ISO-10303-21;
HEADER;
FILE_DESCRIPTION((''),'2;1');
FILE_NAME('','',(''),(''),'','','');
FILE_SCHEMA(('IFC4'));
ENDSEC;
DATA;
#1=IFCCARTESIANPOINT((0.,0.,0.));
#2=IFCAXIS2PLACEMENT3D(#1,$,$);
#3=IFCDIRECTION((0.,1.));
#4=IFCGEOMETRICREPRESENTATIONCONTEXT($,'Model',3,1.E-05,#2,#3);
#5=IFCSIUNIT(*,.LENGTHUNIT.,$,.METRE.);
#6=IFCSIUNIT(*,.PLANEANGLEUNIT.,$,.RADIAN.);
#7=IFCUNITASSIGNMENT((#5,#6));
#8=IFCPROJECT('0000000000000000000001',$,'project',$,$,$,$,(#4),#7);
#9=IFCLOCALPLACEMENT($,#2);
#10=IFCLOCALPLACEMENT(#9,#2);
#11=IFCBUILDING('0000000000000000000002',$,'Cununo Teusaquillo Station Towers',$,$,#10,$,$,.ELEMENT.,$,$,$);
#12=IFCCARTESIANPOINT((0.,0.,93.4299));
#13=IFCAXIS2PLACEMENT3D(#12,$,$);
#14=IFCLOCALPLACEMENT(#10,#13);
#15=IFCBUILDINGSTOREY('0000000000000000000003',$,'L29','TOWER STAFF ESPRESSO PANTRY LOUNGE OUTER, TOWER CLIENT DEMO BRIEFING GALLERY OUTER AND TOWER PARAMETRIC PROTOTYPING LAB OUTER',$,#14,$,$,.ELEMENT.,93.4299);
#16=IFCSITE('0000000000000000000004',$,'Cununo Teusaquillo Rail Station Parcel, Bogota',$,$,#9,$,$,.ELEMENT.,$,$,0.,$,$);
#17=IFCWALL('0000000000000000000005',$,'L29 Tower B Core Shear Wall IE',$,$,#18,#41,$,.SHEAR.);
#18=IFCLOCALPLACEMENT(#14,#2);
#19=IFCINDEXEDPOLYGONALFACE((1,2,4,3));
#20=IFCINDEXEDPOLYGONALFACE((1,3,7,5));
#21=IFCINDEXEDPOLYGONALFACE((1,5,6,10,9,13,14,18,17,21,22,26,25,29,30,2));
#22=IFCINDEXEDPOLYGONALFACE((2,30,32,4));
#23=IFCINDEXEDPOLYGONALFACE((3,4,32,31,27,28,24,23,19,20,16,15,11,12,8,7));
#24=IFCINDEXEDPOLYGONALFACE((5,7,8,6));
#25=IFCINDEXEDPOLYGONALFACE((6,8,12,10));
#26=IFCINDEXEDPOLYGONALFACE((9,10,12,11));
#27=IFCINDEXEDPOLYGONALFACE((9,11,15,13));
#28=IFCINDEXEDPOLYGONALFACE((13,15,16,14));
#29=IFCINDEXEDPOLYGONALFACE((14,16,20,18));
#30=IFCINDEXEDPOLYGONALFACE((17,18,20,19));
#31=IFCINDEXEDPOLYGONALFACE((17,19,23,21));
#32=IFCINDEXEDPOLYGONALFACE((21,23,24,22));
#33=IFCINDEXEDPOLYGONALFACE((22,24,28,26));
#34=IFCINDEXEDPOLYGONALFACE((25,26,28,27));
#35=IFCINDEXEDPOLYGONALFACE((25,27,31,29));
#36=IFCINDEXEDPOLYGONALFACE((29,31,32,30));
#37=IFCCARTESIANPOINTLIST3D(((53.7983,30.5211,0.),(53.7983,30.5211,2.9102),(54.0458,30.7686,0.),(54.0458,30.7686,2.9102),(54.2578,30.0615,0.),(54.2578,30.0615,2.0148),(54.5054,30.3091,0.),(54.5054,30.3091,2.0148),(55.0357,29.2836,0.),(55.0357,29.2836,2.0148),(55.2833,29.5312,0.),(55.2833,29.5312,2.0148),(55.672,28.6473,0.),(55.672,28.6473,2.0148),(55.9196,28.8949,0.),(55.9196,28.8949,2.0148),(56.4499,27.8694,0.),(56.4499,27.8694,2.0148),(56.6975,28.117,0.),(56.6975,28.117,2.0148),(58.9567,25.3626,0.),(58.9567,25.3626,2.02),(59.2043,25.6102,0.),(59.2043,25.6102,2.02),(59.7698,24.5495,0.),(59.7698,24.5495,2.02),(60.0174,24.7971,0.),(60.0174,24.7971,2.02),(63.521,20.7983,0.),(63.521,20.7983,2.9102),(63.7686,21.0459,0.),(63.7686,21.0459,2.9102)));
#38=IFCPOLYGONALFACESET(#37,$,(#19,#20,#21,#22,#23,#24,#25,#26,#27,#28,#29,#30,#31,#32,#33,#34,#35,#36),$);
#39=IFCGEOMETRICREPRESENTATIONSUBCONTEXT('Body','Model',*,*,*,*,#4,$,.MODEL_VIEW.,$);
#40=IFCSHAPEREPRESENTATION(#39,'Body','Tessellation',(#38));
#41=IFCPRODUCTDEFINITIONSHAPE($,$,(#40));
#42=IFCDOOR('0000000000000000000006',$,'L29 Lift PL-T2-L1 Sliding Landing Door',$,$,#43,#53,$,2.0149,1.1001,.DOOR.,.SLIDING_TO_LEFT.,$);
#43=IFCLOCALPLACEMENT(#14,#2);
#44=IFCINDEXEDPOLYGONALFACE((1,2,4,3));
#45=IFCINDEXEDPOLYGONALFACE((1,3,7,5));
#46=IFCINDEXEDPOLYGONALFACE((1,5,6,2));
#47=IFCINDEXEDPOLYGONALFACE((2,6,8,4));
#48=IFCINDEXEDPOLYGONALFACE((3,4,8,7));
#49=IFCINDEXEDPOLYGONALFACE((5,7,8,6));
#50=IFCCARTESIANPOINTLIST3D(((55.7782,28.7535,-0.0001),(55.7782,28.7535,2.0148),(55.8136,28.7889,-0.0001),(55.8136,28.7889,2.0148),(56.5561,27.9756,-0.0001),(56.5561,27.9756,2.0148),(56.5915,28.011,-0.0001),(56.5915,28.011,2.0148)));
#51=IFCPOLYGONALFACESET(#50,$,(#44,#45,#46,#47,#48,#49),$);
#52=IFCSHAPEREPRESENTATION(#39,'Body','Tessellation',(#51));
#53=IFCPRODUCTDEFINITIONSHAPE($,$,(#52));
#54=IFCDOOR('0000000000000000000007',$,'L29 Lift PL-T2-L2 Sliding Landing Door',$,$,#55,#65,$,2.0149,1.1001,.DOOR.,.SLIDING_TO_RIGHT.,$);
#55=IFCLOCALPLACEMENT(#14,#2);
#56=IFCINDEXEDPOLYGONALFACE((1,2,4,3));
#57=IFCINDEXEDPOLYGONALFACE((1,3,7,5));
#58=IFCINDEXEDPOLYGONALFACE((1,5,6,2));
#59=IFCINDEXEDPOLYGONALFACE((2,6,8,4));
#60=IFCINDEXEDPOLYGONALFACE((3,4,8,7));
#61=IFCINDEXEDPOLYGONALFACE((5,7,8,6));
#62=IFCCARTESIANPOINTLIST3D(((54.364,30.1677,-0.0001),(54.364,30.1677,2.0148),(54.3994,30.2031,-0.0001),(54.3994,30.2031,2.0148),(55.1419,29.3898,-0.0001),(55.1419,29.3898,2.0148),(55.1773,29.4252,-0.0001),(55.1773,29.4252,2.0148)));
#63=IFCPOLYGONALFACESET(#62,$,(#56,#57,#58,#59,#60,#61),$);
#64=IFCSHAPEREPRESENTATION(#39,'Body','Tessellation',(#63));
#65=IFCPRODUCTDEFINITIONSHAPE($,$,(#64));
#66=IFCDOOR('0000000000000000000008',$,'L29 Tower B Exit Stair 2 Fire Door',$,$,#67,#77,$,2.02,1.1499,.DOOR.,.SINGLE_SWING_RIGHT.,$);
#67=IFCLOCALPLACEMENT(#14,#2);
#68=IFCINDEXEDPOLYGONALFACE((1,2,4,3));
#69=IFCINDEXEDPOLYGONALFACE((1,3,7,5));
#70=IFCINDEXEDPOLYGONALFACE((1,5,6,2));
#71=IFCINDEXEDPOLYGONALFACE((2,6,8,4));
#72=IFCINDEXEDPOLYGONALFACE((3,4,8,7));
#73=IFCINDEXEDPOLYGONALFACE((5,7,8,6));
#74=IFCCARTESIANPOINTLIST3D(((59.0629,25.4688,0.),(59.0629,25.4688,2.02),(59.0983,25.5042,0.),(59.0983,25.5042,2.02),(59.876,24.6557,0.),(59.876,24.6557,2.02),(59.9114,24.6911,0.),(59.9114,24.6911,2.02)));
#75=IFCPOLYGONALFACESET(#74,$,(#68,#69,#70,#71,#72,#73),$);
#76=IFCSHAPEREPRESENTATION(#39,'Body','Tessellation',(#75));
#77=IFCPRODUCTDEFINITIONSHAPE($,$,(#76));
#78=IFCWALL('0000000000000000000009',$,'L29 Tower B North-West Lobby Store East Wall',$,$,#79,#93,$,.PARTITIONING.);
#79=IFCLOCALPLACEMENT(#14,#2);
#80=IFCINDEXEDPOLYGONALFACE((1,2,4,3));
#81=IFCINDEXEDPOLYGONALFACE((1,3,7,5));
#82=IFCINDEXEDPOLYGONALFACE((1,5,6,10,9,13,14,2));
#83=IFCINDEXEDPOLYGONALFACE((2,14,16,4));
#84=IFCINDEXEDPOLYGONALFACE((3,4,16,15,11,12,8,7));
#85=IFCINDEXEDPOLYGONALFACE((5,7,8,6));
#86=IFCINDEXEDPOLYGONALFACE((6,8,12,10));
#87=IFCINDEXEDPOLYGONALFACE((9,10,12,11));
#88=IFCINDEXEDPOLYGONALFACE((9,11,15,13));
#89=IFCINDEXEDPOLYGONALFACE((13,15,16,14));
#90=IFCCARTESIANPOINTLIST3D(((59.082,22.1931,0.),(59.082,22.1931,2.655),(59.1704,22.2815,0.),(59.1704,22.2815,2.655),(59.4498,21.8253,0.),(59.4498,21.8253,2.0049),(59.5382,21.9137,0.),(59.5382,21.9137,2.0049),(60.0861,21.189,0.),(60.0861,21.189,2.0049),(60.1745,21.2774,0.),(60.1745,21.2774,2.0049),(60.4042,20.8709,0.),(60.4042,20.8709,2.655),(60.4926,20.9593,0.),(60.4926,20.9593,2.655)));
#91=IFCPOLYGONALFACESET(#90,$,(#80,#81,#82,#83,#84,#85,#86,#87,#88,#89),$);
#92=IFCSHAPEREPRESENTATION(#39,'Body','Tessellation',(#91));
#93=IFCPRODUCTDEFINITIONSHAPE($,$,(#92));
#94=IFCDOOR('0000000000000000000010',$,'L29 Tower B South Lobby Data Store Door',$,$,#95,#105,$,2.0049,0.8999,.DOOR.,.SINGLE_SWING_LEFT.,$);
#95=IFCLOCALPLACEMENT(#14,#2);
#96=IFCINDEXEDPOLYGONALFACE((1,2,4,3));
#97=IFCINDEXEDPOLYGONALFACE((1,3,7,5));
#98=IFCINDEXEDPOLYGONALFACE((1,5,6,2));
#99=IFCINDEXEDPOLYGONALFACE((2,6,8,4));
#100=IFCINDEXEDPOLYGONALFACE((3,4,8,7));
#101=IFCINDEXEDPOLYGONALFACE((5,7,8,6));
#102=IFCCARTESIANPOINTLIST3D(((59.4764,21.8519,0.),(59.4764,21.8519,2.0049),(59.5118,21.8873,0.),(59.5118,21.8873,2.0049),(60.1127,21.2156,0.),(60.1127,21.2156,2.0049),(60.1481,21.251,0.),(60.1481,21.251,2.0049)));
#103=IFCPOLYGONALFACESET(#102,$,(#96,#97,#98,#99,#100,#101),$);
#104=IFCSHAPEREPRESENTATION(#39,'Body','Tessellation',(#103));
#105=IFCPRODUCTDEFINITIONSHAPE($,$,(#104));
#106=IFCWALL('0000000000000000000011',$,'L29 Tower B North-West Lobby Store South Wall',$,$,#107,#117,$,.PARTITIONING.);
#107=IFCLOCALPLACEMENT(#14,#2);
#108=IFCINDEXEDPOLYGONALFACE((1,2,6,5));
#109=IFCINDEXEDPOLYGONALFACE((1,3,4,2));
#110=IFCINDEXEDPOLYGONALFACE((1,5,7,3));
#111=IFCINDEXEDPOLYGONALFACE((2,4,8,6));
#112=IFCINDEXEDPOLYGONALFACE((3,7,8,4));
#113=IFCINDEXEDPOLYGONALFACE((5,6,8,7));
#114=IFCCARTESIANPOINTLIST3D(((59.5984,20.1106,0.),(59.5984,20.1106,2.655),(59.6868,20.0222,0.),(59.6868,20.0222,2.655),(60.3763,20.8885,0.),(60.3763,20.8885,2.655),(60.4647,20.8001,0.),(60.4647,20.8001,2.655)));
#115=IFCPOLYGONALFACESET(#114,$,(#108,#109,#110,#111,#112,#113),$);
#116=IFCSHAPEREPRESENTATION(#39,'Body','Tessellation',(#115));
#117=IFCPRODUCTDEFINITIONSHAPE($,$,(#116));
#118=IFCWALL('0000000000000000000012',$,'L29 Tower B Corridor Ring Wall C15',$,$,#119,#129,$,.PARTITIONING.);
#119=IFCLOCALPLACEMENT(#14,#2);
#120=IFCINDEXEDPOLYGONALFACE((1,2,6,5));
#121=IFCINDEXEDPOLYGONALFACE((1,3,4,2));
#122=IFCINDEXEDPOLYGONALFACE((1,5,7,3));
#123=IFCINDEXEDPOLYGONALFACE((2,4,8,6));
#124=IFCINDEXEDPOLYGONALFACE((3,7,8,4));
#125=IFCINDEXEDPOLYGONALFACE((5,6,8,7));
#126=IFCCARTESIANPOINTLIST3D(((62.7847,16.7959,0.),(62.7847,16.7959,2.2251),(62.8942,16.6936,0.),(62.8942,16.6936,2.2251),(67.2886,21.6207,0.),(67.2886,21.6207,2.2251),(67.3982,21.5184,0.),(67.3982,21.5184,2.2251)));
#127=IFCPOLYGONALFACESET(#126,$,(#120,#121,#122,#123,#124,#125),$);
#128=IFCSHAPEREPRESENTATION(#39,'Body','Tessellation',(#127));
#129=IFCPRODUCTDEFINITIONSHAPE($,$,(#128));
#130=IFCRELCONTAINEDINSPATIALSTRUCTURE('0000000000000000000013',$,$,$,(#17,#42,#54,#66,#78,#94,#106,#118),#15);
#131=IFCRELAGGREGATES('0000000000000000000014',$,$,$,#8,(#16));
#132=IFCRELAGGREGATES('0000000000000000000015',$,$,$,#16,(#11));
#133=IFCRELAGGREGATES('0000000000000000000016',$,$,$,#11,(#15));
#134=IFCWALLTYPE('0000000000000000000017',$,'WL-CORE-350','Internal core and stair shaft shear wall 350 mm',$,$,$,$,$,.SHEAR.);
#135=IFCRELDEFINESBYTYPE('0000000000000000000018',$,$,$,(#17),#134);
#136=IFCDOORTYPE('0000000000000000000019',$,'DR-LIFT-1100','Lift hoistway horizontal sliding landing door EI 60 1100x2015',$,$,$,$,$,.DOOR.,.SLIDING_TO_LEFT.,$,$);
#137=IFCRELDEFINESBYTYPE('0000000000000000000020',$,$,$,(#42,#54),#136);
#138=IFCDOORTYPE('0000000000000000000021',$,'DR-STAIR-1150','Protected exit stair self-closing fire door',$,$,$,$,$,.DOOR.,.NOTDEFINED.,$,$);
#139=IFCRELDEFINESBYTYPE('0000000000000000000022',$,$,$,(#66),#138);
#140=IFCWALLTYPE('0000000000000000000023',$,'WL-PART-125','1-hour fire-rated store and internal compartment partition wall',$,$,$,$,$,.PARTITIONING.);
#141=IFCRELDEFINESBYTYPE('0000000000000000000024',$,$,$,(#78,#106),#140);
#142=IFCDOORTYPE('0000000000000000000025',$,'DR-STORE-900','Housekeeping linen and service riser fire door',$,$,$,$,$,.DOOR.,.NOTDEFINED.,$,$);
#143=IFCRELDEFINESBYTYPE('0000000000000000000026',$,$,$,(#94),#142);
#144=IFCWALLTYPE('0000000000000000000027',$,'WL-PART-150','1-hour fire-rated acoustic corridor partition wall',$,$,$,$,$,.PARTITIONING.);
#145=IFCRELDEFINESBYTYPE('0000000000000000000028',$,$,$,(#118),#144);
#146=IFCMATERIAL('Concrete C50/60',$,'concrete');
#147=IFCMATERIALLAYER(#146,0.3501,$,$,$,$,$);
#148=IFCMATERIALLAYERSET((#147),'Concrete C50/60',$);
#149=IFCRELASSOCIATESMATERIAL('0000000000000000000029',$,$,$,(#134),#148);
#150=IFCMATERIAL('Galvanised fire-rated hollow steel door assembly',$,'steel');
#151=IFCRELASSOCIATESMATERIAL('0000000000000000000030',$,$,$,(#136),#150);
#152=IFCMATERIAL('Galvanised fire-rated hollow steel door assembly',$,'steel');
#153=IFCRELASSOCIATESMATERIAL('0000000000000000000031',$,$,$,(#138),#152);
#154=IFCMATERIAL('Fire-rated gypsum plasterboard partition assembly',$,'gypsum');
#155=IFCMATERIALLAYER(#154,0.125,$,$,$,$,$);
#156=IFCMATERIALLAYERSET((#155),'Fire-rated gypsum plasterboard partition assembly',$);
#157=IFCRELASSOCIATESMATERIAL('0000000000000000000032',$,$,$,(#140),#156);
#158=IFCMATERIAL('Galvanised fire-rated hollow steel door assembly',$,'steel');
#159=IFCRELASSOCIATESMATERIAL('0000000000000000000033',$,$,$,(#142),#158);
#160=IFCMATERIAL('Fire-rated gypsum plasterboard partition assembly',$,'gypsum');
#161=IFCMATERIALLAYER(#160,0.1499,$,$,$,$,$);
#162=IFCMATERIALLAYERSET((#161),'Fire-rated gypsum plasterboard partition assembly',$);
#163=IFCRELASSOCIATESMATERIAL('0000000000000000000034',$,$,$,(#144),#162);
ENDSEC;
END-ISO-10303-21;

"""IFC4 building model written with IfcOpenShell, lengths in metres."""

from ifc_helpers import new_model, si_unit, direction, frame, frame_2d, origin, place, context, subcontext, project, spatial, rectangle, extrude, source, transform, mapped, material, layer, layer_set, type_object, element, fill, save


model = new_model("IFC4")

# Units and contexts
model_context = context("Model", 3, precision=1e-05, world=origin(), true_north=direction((0.0, 1.0)))
body_context = subcontext(model_context, "Body", "Model", "MODEL_VIEW")
ifc_project = project(units=[si_unit("LENGTHUNIT", "METRE"), si_unit("PLANEANGLEUNIT", "RADIAN")], contexts=[model_context])

# Site, building, storey
site_placement = place(None, origin())
site = spatial("IfcSite", under=ifc_project, at=site_placement, Name="Cununo Teusaquillo Rail Station Parcel, Bogota", CompositionType="ELEMENT", RefElevation=0.0)
building_placement = place(site_placement, origin())
building = spatial("IfcBuilding", under=site, at=building_placement, Name="Cununo Teusaquillo Station Towers", CompositionType="ELEMENT")
storey_placement = place(building_placement, frame((0.0, 0.0, 93.4299)))
storey = spatial("IfcBuildingStorey", under=building, at=storey_placement, Name="L29", Description="TOWER STAFF ESPRESSO PANTRY LOUNGE OUTER, TOWER CLIENT DEMO BRIEFING GALLERY OUTER AND TOWER PARAMETRIC PROTOTYPING LAB OUTER", CompositionType="ELEMENT", Elevation=93.4299)

# Wall, openings, doors
ifc_material_1 = material(Name="Concrete C50/60", Category="concrete")
ifc_layer_1 = layer(ifc_material_1, 0.3501)
ifc_layer_set_1 = layer_set([ifc_layer_1], Name="Concrete C50/60")
wall_type_1 = type_object("IfcWallType", Name="WL-CORE-350", Description="Internal core and stair shaft shear wall 350 mm", PredefinedType="SHEAR", material=ifc_layer_set_1)
shared_shape_1 = source(origin(), body_context, "Body", "SweptSolid", [
    extrude(rectangle(XDim=1.1001, YDim=2.0149, at=frame_2d((0.55, 1.0073))), frame((0.0, 0.1851, 0.0), z_axis=(0.0, -1.0, 0.0), x_axis=(1.0, 0.0, 0.0)), (0.0, 0.0, 1.0), 0.3701),
])
shared_shape_2 = source(origin(), body_context, "Body", "SweptSolid", [
    extrude(rectangle(XDim=1.1499, YDim=2.02, at=frame_2d((0.575, 1.01))), frame((0.0, 0.1851, 0.0), z_axis=(0.0, -1.0, 0.0), x_axis=(1.0, 0.0, 0.0)), (0.0, 0.0, 1.0), 0.3701),
])
ifc_material_2 = material(Name="Galvanised fire-rated hollow steel door assembly", Category="steel")
door_type_1 = type_object("IfcDoorType", Name="DR-LIFT-1100", Description="Lift hoistway horizontal sliding landing door EI 60 1100x2015", OperationType="SLIDING_TO_LEFT", PredefinedType="DOOR", material=ifc_material_2)
shared_shape_3 = source(origin(), body_context, "Body", "SweptSolid", [
    extrude(rectangle(XDim=1.1001, YDim=2.0149, at=frame_2d((0.55, 1.0073))), frame((0.0, 0.0249, 0.0), z_axis=(0.0, -1.0, 0.0), x_axis=(1.0, 0.0, 0.0)), (0.0, 0.0, 1.0), 0.05),
])
ifc_material_3 = material(Name="Galvanised fire-rated hollow steel door assembly", Category="steel")
door_type_2 = type_object("IfcDoorType", Name="DR-STAIR-1150", Description="Protected exit stair self-closing fire door", OperationType="NOTDEFINED", PredefinedType="DOOR", material=ifc_material_3)
shared_shape_4 = source(origin(), body_context, "Body", "SweptSolid", [
    extrude(rectangle(XDim=1.1499, YDim=2.02, at=frame_2d((0.575, 1.01))), frame((0.0, 0.0249, 0.0), z_axis=(0.0, -1.0, 0.0), x_axis=(1.0, 0.0, 0.0)), (0.0, 0.0, 1.0), 0.05),
])
wall_1_placement = place(storey_placement, frame((63.6448, 20.9221, 0.0), z_axis=(0.0, 0.0, 1.0), x_axis=(-0.707107, 0.707107, 0.0)))
wall_1 = element("IfcWall", 1, at=wall_1_placement, inside=storey, type_object=wall_type_1, Name="L29 Tower B Core Shear Wall IE", PredefinedType="SHEAR", context=body_context, shape_type="SweptSolid", body=[
    extrude(rectangle(XDim=13.75, YDim=0.3501, at=frame_2d((6.875, 0.0))), origin(), (0.0, 0.0, 1.0), 2.9102),
])
opening_1_placement = place(wall_1_placement, frame((10.0, 0.0, 0.0)))
opening_1 = element("IfcOpeningElement", 2, at=opening_1_placement, cuts=wall_1, PredefinedType="OPENING", context=body_context, shape_type="MappedRepresentation", body=[
    mapped(shared_shape_1, transform((0.0, 0.0, 0.0), x_axis=(1.0, 0.0, 0.0), y_axis=(0.0, 1.0, 0.0), z_axis=(0.0, 0.0, 1.0), scale=1.0)),
])
opening_2_placement = place(wall_1_placement, frame((12.0, 0.0, 0.0)))
opening_2 = element("IfcOpeningElement", 3, at=opening_2_placement, cuts=wall_1, PredefinedType="OPENING", context=body_context, shape_type="MappedRepresentation", body=[
    mapped(shared_shape_1, transform((0.0, 0.0, 0.0), x_axis=(1.0, 0.0, 0.0), y_axis=(0.0, 1.0, 0.0), z_axis=(0.0, 0.0, 1.0), scale=1.0)),
])
opening_3_placement = place(wall_1_placement, frame((5.3049, 0.0, 0.0)))
opening_3 = element("IfcOpeningElement", 4, at=opening_3_placement, cuts=wall_1, PredefinedType="OPENING", context=body_context, shape_type="MappedRepresentation", body=[
    mapped(shared_shape_2, transform((0.0, 0.0, 0.0), x_axis=(1.0, 0.0, 0.0), y_axis=(0.0, 1.0, 0.0), z_axis=(0.0, 0.0, 1.0), scale=1.0)),
])
door_1_placement = place(opening_1_placement, origin())
door_1 = element("IfcDoor", 5, at=door_1_placement, inside=storey, type_object=door_type_1, Name="L29 Lift PL-T2-L1 Sliding Landing Door", OperationType="SLIDING_TO_LEFT", OverallHeight=2.0149, OverallWidth=1.1001, PredefinedType="DOOR", context=body_context, shape_type="MappedRepresentation", body=[
    mapped(shared_shape_3, transform((0.0, 0.0, 0.0), x_axis=(1.0, 0.0, 0.0), y_axis=(0.0, 1.0, 0.0), z_axis=(0.0, 0.0, 1.0), scale=1.0)),
])
fill(opening_1, door_1)
door_2_placement = place(opening_2_placement, origin())
door_2 = element("IfcDoor", 6, at=door_2_placement, inside=storey, type_object=door_type_1, Name="L29 Lift PL-T2-L2 Sliding Landing Door", OperationType="SLIDING_TO_RIGHT", OverallHeight=2.0149, OverallWidth=1.1001, PredefinedType="DOOR", context=body_context, shape_type="MappedRepresentation", body=[
    mapped(shared_shape_3, transform((0.0, 0.0, 0.0), x_axis=(1.0, 0.0, 0.0), y_axis=(0.0, 1.0, 0.0), z_axis=(0.0, 0.0, 1.0), scale=1.0)),
])
fill(opening_2, door_2)
door_3_placement = place(opening_3_placement, origin())
door_3 = element("IfcDoor", 7, at=door_3_placement, inside=storey, type_object=door_type_2, Name="L29 Tower B Exit Stair 2 Fire Door", OperationType="SINGLE_SWING_RIGHT", OverallHeight=2.02, OverallWidth=1.1499, PredefinedType="DOOR", context=body_context, shape_type="MappedRepresentation", body=[
    mapped(shared_shape_4, transform((0.0, 0.0, 0.0), x_axis=(1.0, 0.0, 0.0), y_axis=(0.0, 1.0, 0.0), z_axis=(0.0, 0.0, 1.0), scale=1.0)),
])
fill(opening_3, door_3)

# Wall, opening, door
ifc_material_4 = material(Name="Fire-rated gypsum plasterboard partition assembly", Category="gypsum")
ifc_layer_2 = layer(ifc_material_4, 0.125)
ifc_layer_set_2 = layer_set([ifc_layer_2], Name="Fire-rated gypsum plasterboard partition assembly")
wall_type_2 = type_object("IfcWallType", Name="WL-PART-125", Description="1-hour fire-rated store and internal compartment partition wall", PredefinedType="PARTITIONING", material=ifc_layer_set_2)
wall_2_placement = place(storey_placement, frame((60.4485, 20.915, 0.0), z_axis=(0.0, 0.0, 1.0), x_axis=(-0.707107, 0.707107, 0.0)))
wall_2 = element("IfcWall", 8, at=wall_2_placement, inside=storey, type_object=wall_type_2, Name="L29 Tower B North-West Lobby Store East Wall", PredefinedType="PARTITIONING", context=body_context, shape_type="SweptSolid", body=[
    extrude(rectangle(XDim=1.8699, YDim=0.125, at=frame_2d((0.9351, 0.0))), origin(), (0.0, 0.0, 1.0), 2.655),
])
shared_shape_5 = source(origin(), body_context, "Body", "SweptSolid", [
    extrude(rectangle(XDim=0.8999, YDim=2.0049, at=frame_2d((0.45, 1.0024))), frame((0.0, 0.0725, 0.0), z_axis=(0.0, -1.0, 0.0), x_axis=(1.0, 0.0, 0.0)), (0.0, 0.0, 1.0), 0.145),
])
opening_4_placement = place(wall_2_placement, frame((0.45, 0.0, 0.0)))
opening_4 = element("IfcOpeningElement", 9, at=opening_4_placement, cuts=wall_2, PredefinedType="OPENING", context=body_context, shape_type="MappedRepresentation", body=[
    mapped(shared_shape_5, transform((0.0, 0.0, 0.0), x_axis=(1.0, 0.0, 0.0), y_axis=(0.0, 1.0, 0.0), z_axis=(0.0, 0.0, 1.0), scale=1.0)),
])
ifc_material_5 = material(Name="Galvanised fire-rated hollow steel door assembly", Category="steel")
door_type_3 = type_object("IfcDoorType", Name="DR-STORE-900", Description="Housekeeping linen and service riser fire door", OperationType="NOTDEFINED", PredefinedType="DOOR", material=ifc_material_5)
shared_shape_6 = source(origin(), body_context, "Body", "SweptSolid", [
    extrude(rectangle(XDim=0.8999, YDim=2.0049, at=frame_2d((0.45, 1.0024))), frame((0.0, 0.0249, 0.0), z_axis=(0.0, -1.0, 0.0), x_axis=(1.0, 0.0, 0.0)), (0.0, 0.0, 1.0), 0.05),
])
door_4_placement = place(opening_4_placement, origin())
door_4 = element("IfcDoor", 10, at=door_4_placement, inside=storey, type_object=door_type_3, Name="L29 Tower B South Lobby Data Store Door", OperationType="SINGLE_SWING_LEFT", OverallHeight=2.0049, OverallWidth=0.8999, PredefinedType="DOOR", context=body_context, shape_type="MappedRepresentation", body=[
    mapped(shared_shape_6, transform((0.0, 0.0, 0.0), x_axis=(1.0, 0.0, 0.0), y_axis=(0.0, 1.0, 0.0), z_axis=(0.0, 0.0, 1.0), scale=1.0)),
])
fill(opening_4, door_4)

# Walls
wall_3_placement = place(storey_placement, frame((59.6426, 20.0664, 0.0), z_axis=(0.0, 0.0, 1.0), x_axis=(0.707107, 0.707107, 0.0)))
element("IfcWall", 11, at=wall_3_placement, inside=storey, type_object=wall_type_2, Name="L29 Tower B North-West Lobby Store South Wall", PredefinedType="PARTITIONING", context=body_context, shape_type="SweptSolid", body=[
    extrude(rectangle(XDim=1.1001, YDim=0.125, at=frame_2d((0.55, 0.0))), origin(), (0.0, 0.0, 1.0), 2.655),
])
ifc_material_6 = material(Name="Fire-rated gypsum plasterboard partition assembly", Category="gypsum")
ifc_layer_3 = layer(ifc_material_6, 0.1499)
ifc_layer_set_3 = layer_set([ifc_layer_3], Name="Fire-rated gypsum plasterboard partition assembly")
wall_type_3 = type_object("IfcWallType", Name="WL-PART-150", Description="1-hour fire-rated acoustic corridor partition wall", PredefinedType="PARTITIONING", material=ifc_layer_set_3)
wall_4_placement = place(storey_placement, frame((62.8394, 16.7446, 0.0), z_axis=(0.0, 0.0, 1.0), x_axis=(0.682387, 0.730991, 0.0)))
element("IfcWall", 12, at=wall_4_placement, inside=storey, type_object=wall_type_3, Name="L29 Tower B Corridor Ring Wall C15", PredefinedType="PARTITIONING", context=body_context, shape_type="SweptSolid", body=[
    extrude(rectangle(XDim=6.6003, YDim=0.1499, at=frame_2d((3.3003, 0.0))), origin(), (0.0, 0.0, 1.0), 2.2251),
])

save(model, "model.ifc")
